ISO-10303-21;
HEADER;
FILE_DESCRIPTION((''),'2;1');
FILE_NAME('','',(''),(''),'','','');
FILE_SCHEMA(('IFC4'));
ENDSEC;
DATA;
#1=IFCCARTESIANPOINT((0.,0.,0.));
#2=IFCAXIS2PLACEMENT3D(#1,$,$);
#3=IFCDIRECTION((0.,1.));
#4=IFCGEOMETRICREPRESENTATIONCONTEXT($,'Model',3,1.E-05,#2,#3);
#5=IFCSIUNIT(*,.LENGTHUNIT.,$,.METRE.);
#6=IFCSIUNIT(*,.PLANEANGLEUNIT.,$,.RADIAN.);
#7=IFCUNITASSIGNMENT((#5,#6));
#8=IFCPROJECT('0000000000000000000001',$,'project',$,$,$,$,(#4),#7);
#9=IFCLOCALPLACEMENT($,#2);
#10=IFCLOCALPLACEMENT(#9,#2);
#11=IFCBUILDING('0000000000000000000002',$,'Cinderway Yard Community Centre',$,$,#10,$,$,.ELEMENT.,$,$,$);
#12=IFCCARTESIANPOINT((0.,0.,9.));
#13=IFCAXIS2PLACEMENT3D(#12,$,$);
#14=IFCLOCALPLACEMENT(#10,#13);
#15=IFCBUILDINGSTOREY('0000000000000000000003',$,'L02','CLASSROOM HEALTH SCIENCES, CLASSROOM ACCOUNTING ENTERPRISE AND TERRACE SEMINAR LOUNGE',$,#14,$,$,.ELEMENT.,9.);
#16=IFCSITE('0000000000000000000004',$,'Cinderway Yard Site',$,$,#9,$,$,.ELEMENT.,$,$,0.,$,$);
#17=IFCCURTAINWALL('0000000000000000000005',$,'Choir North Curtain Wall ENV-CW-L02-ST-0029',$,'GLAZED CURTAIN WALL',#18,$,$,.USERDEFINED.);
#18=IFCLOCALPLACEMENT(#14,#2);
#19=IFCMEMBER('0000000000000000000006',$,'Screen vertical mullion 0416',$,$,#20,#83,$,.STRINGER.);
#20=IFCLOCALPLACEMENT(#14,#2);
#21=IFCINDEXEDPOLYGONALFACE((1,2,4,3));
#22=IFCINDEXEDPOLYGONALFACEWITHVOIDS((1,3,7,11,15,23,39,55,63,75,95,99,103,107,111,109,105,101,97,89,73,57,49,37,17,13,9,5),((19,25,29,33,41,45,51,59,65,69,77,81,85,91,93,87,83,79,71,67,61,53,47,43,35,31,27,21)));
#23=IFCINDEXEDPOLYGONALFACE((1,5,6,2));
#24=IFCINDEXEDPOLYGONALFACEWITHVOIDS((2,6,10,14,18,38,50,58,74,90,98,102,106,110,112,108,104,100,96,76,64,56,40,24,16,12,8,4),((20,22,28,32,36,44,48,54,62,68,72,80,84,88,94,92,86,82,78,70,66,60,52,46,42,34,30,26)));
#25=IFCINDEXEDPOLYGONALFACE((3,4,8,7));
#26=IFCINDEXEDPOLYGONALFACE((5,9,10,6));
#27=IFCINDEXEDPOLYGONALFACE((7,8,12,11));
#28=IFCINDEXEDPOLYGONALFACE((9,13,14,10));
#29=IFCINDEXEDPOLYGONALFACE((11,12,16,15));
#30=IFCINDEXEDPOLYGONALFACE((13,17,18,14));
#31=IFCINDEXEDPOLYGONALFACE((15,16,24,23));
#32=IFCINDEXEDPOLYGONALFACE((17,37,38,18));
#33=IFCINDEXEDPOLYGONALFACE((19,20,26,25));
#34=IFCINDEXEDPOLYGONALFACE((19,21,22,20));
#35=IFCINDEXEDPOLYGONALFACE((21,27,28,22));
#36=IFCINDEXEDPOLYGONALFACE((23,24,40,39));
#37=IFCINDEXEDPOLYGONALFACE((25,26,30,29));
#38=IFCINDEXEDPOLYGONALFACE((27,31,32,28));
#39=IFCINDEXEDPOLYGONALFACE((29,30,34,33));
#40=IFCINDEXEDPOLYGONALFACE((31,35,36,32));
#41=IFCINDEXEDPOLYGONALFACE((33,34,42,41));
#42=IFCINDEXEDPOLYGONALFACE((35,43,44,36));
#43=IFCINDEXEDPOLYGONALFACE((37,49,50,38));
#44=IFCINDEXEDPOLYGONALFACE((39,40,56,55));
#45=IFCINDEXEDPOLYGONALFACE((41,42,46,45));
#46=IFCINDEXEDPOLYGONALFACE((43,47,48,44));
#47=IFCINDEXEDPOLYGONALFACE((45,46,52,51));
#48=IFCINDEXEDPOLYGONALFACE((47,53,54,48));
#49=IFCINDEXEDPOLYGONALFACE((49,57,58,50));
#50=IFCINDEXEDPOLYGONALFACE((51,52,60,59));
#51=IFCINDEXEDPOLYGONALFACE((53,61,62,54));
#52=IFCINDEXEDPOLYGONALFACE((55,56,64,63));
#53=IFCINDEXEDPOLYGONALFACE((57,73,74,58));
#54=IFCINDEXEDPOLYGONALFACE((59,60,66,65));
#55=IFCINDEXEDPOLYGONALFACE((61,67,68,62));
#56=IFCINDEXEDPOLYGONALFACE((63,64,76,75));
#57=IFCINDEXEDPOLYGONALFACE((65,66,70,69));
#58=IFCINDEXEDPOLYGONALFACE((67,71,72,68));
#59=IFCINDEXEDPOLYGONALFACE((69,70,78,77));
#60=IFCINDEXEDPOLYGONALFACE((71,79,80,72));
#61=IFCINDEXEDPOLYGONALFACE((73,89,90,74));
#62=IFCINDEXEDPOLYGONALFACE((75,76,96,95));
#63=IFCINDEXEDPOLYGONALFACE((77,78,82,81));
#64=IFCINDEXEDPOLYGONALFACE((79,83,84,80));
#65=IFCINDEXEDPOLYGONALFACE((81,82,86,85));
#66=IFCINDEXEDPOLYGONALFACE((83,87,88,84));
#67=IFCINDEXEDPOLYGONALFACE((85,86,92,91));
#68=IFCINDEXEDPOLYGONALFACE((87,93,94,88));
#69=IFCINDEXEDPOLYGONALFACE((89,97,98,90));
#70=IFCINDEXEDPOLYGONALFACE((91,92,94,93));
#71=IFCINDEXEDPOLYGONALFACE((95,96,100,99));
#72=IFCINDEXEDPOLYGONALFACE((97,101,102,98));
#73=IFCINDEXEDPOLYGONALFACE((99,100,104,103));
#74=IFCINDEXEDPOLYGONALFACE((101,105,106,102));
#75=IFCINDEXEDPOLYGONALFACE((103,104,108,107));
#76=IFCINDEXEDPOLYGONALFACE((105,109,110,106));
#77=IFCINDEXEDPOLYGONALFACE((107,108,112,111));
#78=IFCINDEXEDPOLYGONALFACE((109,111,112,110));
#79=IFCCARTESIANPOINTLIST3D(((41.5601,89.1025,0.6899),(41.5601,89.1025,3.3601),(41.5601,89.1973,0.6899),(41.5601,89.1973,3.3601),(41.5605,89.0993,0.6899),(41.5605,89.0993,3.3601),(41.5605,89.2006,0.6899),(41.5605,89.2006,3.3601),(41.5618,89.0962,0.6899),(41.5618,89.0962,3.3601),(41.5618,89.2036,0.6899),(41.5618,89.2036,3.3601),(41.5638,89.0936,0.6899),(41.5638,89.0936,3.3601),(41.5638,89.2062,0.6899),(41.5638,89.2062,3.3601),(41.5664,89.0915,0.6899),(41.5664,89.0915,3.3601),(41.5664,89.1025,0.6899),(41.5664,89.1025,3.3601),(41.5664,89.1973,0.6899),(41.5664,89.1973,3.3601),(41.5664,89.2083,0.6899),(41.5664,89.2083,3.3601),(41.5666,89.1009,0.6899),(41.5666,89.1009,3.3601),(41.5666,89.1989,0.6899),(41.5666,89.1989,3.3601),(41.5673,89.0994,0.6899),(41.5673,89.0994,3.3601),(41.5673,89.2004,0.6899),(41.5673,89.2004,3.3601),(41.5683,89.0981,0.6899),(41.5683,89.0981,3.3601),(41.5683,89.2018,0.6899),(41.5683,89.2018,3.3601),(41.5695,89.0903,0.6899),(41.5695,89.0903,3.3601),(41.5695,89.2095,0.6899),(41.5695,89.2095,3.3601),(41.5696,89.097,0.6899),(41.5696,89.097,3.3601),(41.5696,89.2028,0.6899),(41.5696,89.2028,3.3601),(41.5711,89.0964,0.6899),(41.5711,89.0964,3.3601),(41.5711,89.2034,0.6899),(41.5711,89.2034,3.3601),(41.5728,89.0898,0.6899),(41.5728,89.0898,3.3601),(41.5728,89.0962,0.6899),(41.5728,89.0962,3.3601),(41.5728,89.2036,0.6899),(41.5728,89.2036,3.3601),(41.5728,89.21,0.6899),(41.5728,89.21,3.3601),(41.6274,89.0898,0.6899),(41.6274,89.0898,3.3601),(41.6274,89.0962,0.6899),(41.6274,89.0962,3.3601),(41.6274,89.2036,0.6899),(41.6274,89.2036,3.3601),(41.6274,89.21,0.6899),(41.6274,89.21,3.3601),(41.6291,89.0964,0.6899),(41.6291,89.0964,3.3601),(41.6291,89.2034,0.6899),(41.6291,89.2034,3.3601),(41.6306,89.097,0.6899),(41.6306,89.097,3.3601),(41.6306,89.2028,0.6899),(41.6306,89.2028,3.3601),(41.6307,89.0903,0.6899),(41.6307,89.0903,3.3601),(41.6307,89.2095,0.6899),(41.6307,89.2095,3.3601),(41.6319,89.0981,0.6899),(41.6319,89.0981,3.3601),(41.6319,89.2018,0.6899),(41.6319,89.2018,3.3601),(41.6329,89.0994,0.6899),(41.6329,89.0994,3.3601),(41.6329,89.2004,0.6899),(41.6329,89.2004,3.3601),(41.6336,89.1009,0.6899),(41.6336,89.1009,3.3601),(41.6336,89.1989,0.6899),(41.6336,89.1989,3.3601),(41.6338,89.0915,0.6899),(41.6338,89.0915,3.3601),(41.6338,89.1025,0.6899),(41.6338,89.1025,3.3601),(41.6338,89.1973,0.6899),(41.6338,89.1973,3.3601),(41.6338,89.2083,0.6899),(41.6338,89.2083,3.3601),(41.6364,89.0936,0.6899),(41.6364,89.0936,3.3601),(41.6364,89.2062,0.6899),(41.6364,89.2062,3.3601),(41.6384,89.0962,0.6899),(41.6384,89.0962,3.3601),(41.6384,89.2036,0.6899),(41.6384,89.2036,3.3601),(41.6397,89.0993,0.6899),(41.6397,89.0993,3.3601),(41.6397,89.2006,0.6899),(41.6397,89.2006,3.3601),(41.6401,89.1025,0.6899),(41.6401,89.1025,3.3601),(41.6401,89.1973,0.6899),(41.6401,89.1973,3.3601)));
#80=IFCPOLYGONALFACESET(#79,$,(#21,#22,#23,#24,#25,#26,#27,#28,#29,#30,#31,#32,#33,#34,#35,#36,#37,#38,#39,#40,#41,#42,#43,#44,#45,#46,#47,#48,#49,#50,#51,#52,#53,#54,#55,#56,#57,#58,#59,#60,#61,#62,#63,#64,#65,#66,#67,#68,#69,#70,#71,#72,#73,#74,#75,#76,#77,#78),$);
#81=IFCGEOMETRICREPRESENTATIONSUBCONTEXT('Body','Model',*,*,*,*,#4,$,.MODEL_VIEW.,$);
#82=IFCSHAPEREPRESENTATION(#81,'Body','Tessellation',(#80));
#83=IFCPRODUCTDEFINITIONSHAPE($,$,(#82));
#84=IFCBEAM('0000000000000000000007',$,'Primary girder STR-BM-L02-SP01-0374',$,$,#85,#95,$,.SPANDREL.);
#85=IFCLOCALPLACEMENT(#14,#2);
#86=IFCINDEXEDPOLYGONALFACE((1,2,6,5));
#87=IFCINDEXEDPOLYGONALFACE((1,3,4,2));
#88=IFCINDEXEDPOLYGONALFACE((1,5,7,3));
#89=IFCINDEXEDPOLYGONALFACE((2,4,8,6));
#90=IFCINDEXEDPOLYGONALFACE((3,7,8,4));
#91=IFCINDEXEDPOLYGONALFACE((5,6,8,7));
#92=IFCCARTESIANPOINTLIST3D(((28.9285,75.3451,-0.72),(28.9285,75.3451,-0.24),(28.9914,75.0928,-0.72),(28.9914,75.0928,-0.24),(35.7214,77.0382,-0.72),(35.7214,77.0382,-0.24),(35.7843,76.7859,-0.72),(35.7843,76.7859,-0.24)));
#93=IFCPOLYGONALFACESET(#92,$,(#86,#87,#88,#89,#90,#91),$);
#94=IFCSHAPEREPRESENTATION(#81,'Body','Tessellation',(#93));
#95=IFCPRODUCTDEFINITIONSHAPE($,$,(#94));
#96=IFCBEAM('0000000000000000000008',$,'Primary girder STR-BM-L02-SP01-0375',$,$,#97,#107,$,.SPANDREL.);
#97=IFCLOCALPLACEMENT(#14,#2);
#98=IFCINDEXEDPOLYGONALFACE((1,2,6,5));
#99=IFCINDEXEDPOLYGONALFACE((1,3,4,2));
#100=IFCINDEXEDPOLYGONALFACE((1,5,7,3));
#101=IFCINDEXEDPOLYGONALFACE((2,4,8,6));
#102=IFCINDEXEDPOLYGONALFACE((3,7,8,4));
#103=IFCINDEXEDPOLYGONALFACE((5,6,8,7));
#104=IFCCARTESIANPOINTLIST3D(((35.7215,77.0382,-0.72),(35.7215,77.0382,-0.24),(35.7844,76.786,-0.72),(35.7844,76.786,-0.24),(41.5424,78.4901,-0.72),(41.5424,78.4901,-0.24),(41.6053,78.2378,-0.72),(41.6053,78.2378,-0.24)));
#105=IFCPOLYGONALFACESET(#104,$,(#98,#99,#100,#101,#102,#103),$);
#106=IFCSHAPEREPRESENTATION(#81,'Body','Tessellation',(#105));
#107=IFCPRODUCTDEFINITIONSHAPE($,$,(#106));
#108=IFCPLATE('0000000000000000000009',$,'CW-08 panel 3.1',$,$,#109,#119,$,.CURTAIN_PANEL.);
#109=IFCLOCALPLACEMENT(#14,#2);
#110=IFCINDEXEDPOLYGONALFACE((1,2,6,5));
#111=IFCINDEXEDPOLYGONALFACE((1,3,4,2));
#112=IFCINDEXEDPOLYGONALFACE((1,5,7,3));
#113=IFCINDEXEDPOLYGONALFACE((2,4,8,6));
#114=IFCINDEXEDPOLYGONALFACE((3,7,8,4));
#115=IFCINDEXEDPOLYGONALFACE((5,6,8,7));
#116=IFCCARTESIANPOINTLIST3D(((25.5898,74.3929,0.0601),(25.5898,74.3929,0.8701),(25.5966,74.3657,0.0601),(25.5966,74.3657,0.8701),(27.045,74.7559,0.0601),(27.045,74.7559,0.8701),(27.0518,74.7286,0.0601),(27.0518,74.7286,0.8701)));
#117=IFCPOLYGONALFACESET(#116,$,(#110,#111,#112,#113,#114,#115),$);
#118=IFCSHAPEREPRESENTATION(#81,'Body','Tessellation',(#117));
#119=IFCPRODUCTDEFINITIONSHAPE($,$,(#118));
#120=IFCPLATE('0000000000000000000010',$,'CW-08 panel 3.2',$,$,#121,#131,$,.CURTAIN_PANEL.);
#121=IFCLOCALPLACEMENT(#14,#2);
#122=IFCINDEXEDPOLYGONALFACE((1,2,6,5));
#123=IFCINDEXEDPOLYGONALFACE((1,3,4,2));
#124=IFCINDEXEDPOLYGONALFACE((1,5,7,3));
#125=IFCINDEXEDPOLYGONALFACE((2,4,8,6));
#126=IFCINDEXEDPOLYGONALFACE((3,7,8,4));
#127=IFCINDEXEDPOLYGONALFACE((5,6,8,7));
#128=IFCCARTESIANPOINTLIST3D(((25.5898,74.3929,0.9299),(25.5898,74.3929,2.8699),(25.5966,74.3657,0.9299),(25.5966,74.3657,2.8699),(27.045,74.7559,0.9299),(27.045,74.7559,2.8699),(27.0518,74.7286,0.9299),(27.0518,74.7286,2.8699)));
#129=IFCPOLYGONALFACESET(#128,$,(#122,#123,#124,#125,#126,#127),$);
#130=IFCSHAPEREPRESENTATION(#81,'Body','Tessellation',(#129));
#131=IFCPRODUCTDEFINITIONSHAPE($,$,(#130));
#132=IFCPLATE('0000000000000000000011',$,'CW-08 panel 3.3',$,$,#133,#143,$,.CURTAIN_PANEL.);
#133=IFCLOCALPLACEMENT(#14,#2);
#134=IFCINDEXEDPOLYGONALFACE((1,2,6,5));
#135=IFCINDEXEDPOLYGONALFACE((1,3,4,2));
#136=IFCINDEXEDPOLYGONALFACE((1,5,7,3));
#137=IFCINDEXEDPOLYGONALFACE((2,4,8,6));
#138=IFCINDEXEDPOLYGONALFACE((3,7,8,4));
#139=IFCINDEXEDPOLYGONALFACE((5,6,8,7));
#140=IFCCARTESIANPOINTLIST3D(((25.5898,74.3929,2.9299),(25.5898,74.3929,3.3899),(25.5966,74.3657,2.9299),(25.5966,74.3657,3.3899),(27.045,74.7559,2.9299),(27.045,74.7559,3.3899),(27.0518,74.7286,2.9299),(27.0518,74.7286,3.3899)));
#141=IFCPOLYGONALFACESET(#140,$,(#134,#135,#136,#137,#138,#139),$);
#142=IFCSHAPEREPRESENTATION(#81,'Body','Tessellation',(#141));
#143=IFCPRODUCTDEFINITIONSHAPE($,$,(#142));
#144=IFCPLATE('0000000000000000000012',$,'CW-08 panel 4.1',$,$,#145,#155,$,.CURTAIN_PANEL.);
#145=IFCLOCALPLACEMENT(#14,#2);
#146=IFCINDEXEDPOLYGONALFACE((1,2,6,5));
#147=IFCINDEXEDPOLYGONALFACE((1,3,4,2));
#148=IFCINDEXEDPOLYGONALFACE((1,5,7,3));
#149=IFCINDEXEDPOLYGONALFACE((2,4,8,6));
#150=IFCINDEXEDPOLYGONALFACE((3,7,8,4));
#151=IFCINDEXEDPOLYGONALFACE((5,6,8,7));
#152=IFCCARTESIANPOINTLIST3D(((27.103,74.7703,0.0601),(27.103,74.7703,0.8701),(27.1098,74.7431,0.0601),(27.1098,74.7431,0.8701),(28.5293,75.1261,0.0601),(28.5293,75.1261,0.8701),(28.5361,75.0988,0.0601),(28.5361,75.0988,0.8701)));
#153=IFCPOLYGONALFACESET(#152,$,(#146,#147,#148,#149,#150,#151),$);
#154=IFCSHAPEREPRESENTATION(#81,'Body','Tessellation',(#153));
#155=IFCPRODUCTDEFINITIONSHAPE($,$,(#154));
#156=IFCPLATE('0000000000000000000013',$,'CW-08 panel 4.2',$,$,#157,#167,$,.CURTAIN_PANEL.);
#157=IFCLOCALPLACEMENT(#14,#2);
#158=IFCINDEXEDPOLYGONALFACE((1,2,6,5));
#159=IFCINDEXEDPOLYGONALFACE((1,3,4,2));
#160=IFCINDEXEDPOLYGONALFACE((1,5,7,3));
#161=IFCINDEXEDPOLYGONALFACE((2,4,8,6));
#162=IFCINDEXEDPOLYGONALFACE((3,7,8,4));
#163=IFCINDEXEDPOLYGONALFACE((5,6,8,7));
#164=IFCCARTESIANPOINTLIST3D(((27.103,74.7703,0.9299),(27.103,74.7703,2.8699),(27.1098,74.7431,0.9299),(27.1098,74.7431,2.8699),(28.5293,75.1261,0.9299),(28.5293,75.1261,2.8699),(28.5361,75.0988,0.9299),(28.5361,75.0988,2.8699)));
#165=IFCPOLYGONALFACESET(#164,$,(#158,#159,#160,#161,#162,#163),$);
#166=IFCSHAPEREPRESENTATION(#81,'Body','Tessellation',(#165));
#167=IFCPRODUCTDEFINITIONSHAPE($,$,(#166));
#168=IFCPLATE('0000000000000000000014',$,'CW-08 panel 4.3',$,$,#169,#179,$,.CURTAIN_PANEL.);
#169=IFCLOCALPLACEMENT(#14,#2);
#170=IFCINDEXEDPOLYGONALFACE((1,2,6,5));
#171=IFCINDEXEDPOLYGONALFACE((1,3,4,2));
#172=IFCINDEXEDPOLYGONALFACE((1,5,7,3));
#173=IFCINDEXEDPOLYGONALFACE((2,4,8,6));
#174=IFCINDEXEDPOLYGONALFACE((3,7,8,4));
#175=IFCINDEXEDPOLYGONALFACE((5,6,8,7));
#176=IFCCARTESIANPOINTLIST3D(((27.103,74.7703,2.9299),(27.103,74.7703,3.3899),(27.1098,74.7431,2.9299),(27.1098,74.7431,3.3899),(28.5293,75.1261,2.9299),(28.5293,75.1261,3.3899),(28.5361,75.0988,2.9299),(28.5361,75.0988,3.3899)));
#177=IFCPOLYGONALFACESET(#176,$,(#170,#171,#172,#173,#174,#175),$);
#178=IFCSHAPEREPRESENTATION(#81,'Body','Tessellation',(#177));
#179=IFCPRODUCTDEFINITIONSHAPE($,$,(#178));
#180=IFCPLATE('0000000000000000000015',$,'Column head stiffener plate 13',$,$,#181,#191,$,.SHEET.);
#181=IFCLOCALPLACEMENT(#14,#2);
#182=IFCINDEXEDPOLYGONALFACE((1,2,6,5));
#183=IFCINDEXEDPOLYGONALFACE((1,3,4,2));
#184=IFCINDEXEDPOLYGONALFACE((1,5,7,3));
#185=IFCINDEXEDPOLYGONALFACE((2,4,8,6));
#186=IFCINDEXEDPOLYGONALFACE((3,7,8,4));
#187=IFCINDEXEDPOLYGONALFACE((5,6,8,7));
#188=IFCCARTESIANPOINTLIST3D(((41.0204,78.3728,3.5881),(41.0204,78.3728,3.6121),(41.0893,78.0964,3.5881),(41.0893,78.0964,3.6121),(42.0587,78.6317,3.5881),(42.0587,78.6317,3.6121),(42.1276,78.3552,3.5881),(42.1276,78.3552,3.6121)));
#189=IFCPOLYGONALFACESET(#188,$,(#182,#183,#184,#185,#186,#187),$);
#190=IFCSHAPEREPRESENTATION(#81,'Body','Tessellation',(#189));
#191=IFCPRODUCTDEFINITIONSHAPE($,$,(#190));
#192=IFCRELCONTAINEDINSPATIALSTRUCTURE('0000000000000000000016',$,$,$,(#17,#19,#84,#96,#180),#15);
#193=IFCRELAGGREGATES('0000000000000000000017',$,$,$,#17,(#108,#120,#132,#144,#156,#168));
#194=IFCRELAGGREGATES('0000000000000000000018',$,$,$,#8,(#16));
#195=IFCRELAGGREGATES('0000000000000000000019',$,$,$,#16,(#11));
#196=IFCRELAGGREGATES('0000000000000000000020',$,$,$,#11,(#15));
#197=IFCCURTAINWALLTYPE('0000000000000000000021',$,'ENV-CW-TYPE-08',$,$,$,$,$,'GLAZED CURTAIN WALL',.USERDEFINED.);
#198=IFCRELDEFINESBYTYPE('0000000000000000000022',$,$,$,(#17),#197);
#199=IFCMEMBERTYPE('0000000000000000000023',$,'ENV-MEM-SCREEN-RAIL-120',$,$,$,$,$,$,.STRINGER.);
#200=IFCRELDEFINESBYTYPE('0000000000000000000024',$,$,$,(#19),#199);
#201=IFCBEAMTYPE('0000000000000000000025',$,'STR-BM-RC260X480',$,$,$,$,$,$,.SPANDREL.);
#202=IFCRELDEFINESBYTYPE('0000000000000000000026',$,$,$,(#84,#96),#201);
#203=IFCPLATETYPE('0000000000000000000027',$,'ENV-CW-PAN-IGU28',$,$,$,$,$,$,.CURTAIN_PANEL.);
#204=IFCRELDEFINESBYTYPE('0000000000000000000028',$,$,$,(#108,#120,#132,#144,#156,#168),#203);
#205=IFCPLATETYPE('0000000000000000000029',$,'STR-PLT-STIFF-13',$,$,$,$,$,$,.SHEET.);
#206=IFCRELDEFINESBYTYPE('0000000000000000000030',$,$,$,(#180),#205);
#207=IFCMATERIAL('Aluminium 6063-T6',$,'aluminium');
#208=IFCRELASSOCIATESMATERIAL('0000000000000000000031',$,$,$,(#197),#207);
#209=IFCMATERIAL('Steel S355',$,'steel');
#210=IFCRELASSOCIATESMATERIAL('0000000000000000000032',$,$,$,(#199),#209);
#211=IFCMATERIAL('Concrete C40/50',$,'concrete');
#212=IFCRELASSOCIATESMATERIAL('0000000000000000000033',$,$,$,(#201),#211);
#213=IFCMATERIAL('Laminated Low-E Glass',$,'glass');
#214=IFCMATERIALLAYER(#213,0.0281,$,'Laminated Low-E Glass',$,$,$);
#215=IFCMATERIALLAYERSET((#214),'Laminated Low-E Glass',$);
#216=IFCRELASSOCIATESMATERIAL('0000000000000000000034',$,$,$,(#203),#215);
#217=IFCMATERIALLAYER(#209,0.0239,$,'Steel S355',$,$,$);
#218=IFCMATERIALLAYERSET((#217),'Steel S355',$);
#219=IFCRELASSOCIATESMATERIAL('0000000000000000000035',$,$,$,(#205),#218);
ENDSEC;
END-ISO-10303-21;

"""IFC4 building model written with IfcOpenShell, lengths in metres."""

from ifc_helpers import new_model, si_unit, direction, frame, origin, origin_2d, place, context, subcontext, project, spatial, rectangle, hollow_rectangle, extrude, material, layer, layer_set, material_profile, profile_set, type_object, element, aggregate, save


model = new_model("IFC4")

# Units and contexts
model_context = context("Model", 3, precision=1e-05, world=origin(), true_north=direction((0.0, 1.0)))
body_context = subcontext(model_context, "Body", "Model", "MODEL_VIEW")
ifc_project = project(units=[si_unit("LENGTHUNIT", "METRE"), si_unit("PLANEANGLEUNIT", "RADIAN")], contexts=[model_context])

# Site, building, storey
site_placement = place(None, origin())
site = spatial("IfcSite", under=ifc_project, at=site_placement, Name="Cinderway Yard Site", CompositionType="ELEMENT", RefElevation=0.0)
building_placement = place(site_placement, origin())
building = spatial("IfcBuilding", under=site, at=building_placement, Name="Cinderway Yard Community Centre", CompositionType="ELEMENT")
storey_placement = place(building_placement, frame((0.0, 0.0, 9.0)))
storey = spatial("IfcBuildingStorey", under=building, at=storey_placement, Name="L02", Description="CLASSROOM HEALTH SCIENCES, CLASSROOM ACCOUNTING ENTERPRISE AND TERRACE SEMINAR LOUNGE", CompositionType="ELEMENT", Elevation=9.0)

# Shared definitions
ifc_material_1 = material(Name="Concrete C40/50", Category="concrete")

# Curtain wall
ifc_material_2 = material(Name="Aluminium 6063-T6", Category="aluminium")
curtain_wall_type = type_object("IfcCurtainWallType", Name="ENV-CW-TYPE-08", ElementType="GLAZED CURTAIN WALL", PredefinedType="USERDEFINED", material=ifc_material_2)
curtain_wall_placement = place(storey_placement, origin())
curtain_wall = element("IfcCurtainWall", 1, at=curtain_wall_placement, inside=storey, type_object=curtain_wall_type, Name="Choir North Curtain Wall ENV-CW-L02-ST-0029", ObjectType="GLAZED CURTAIN WALL", PredefinedType="USERDEFINED")

# Member
ifc_material_3 = material(Name="Steel S355", Category="steel")
ifc_material_profile_1 = material_profile(ifc_material_3, hollow_rectangle(XDim=0.0801, YDim=0.1201, WallThickness=0.0063, InnerFilletRadius=0.0063, OuterFilletRadius=0.0127, at=origin_2d()), Name="Steel S355")
ifc_profile_set_1 = profile_set([ifc_material_profile_1], Name="Steel S355")
member_type_1 = type_object("IfcMemberType", Name="ENV-MEM-SCREEN-RAIL-120", PredefinedType="STRINGER", material=ifc_profile_set_1)
member_1_placement = place(storey_placement, frame((41.6001, 89.1499, 0.6899), z_axis=(0.0, 0.0, 1.0), x_axis=(1.0, 0.0, 0.0)))
element("IfcMember", 2, at=member_1_placement, inside=storey, type_object=member_type_1, Name="Screen vertical mullion 0416", PredefinedType="STRINGER", context=body_context, shape_type="SweptSolid", body=[
    extrude(hollow_rectangle(XDim=0.0801, YDim=0.1201, WallThickness=0.0063, InnerFilletRadius=0.0063, OuterFilletRadius=0.0127, at=origin_2d()), origin(), (0.0, 0.0, 1.0), 2.6702),
])

# Beams
ifc_material_profile_2 = material_profile(ifc_material_1, rectangle(XDim=0.26, YDim=0.48, at=origin_2d()), Name="Concrete C40/50")
ifc_profile_set_2 = profile_set([ifc_material_profile_2], Name="Concrete C40/50")
beam_type = type_object("IfcBeamType", Name="STR-BM-RC260X480", PredefinedType="SPANDREL", material=ifc_profile_set_2)
beam_1_placement = place(storey_placement, frame((28.96, 75.219, -0.48), z_axis=(0.970315, 0.241846, 0.0), x_axis=(-0.241846, 0.970315, 0.0)))
element("IfcBeam", 3, at=beam_1_placement, inside=storey, type_object=beam_type, Name="Primary girder STR-BM-L02-SP01-0374", PredefinedType="SPANDREL", context=body_context, shape_type="SweptSolid", body=[
    extrude(rectangle(XDim=0.26, YDim=0.48, at=origin_2d()), origin(), (0.0, 0.0, 1.0), 7.0007),
])
beam_2_placement = place(storey_placement, frame((35.7529, 76.9121, -0.48), z_axis=(0.970274, 0.242009, 0.0), x_axis=(-0.242009, 0.970274, 0.0)))
element("IfcBeam", 4, at=beam_2_placement, inside=storey, type_object=beam_type, Name="Primary girder STR-BM-L02-SP01-0375", PredefinedType="SPANDREL", context=body_context, shape_type="SweptSolid", body=[
    extrude(rectangle(XDim=0.26, YDim=0.48, at=origin_2d()), origin(), (0.0, 0.0, 1.0), 5.9993),
])

# Plates
ifc_material_4 = material(Name="Laminated Low-E Glass", Category="glass")
ifc_layer_1 = layer(ifc_material_4, 0.0281, Name="Laminated Low-E Glass")
ifc_layer_set_1 = layer_set([ifc_layer_1], Name="Laminated Low-E Glass")
plate_type_1 = type_object("IfcPlateType", Name="ENV-CW-PAN-IGU28", PredefinedType="CURTAIN_PANEL", material=ifc_layer_set_1)
plate_1_placement = place(storey_placement, frame((26.3208, 74.5608, 0.0601), z_axis=(0.0, 0.0, 1.0), x_axis=(0.970274, 0.242008, 0.0)))
plate_1 = element("IfcPlate", 5, at=plate_1_placement, type_object=plate_type_1, Name="CW-08 panel 3.1", PredefinedType="CURTAIN_PANEL", context=body_context, shape_type="SweptSolid", body=[
    extrude(rectangle(XDim=1.4998, YDim=0.0281, at=origin_2d()), origin(), (0.0, 0.0, 1.0), 0.8101),
])
plate_2_placement = place(storey_placement, frame((26.3208, 74.5608, 0.9299), z_axis=(0.0, 0.0, 1.0), x_axis=(0.970274, 0.242008, 0.0)))
plate_2 = element("IfcPlate", 6, at=plate_2_placement, type_object=plate_type_1, Name="CW-08 panel 3.2", PredefinedType="CURTAIN_PANEL", context=body_context, shape_type="SweptSolid", body=[
    extrude(rectangle(XDim=1.4998, YDim=0.0281, at=origin_2d()), origin(), (0.0, 0.0, 1.0), 1.9399),
])
plate_3_placement = place(storey_placement, frame((26.3208, 74.5608, 2.9299), z_axis=(0.0, 0.0, 1.0), x_axis=(0.970274, 0.242008, 0.0)))
plate_3 = element("IfcPlate", 7, at=plate_3_placement, type_object=plate_type_1, Name="CW-08 panel 3.3", PredefinedType="CURTAIN_PANEL", context=body_context, shape_type="SweptSolid", body=[
    extrude(rectangle(XDim=1.4998, YDim=0.0281, at=origin_2d()), origin(), (0.0, 0.0, 1.0), 0.46),
])
plate_4_placement = place(storey_placement, frame((27.8196, 74.9346, 0.0601), z_axis=(0.0, 0.0, 1.0), x_axis=(0.970274, 0.242008, 0.0)))
plate_4 = element("IfcPlate", 8, at=plate_4_placement, type_object=plate_type_1, Name="CW-08 panel 4.1", PredefinedType="CURTAIN_PANEL", context=body_context, shape_type="SweptSolid", body=[
    extrude(rectangle(XDim=1.47, YDim=0.0281, at=origin_2d()), origin(), (0.0, 0.0, 1.0), 0.8101),
])
plate_5_placement = place(storey_placement, frame((27.8196, 74.9346, 0.9299), z_axis=(0.0, 0.0, 1.0), x_axis=(0.970274, 0.242008, 0.0)))
plate_5 = element("IfcPlate", 9, at=plate_5_placement, type_object=plate_type_1, Name="CW-08 panel 4.2", PredefinedType="CURTAIN_PANEL", context=body_context, shape_type="SweptSolid", body=[
    extrude(rectangle(XDim=1.47, YDim=0.0281, at=origin_2d()), origin(), (0.0, 0.0, 1.0), 1.9399),
])
plate_6_placement = place(storey_placement, frame((27.8196, 74.9346, 2.9299), z_axis=(0.0, 0.0, 1.0), x_axis=(0.970274, 0.242008, 0.0)))
plate_6 = element("IfcPlate", 10, at=plate_6_placement, type_object=plate_type_1, Name="CW-08 panel 4.3", PredefinedType="CURTAIN_PANEL", context=body_context, shape_type="SweptSolid", body=[
    extrude(rectangle(XDim=1.47, YDim=0.0281, at=origin_2d()), origin(), (0.0, 0.0, 1.0), 0.46),
])
aggregate(curtain_wall, [plate_1, plate_2, plate_3, plate_4, plate_5, plate_6])
ifc_layer_2 = layer(ifc_material_3, 0.0239, Name="Steel S355")
ifc_layer_set_2 = layer_set([ifc_layer_2], Name="Steel S355")
plate_type_2 = type_object("IfcPlateType", Name="STR-PLT-STIFF-13", PredefinedType="SHEET", material=ifc_layer_set_2)
plate_7_placement = place(storey_placement, frame((41.574, 78.364, 3.5881), z_axis=(0.0, 0.0, 1.0), x_axis=(0.970296, 0.241922, 0.0)))
element("IfcPlate", 11, at=plate_7_placement, inside=storey, type_object=plate_type_2, Name="Column head stiffener plate 13", PredefinedType="SHEET", context=body_context, shape_type="SweptSolid", body=[
    extrude(rectangle(XDim=1.0701, YDim=0.2849, at=origin_2d()), origin(), (0.0, 0.0, 1.0), 0.0239),
])

save(model, "model.ifc")
